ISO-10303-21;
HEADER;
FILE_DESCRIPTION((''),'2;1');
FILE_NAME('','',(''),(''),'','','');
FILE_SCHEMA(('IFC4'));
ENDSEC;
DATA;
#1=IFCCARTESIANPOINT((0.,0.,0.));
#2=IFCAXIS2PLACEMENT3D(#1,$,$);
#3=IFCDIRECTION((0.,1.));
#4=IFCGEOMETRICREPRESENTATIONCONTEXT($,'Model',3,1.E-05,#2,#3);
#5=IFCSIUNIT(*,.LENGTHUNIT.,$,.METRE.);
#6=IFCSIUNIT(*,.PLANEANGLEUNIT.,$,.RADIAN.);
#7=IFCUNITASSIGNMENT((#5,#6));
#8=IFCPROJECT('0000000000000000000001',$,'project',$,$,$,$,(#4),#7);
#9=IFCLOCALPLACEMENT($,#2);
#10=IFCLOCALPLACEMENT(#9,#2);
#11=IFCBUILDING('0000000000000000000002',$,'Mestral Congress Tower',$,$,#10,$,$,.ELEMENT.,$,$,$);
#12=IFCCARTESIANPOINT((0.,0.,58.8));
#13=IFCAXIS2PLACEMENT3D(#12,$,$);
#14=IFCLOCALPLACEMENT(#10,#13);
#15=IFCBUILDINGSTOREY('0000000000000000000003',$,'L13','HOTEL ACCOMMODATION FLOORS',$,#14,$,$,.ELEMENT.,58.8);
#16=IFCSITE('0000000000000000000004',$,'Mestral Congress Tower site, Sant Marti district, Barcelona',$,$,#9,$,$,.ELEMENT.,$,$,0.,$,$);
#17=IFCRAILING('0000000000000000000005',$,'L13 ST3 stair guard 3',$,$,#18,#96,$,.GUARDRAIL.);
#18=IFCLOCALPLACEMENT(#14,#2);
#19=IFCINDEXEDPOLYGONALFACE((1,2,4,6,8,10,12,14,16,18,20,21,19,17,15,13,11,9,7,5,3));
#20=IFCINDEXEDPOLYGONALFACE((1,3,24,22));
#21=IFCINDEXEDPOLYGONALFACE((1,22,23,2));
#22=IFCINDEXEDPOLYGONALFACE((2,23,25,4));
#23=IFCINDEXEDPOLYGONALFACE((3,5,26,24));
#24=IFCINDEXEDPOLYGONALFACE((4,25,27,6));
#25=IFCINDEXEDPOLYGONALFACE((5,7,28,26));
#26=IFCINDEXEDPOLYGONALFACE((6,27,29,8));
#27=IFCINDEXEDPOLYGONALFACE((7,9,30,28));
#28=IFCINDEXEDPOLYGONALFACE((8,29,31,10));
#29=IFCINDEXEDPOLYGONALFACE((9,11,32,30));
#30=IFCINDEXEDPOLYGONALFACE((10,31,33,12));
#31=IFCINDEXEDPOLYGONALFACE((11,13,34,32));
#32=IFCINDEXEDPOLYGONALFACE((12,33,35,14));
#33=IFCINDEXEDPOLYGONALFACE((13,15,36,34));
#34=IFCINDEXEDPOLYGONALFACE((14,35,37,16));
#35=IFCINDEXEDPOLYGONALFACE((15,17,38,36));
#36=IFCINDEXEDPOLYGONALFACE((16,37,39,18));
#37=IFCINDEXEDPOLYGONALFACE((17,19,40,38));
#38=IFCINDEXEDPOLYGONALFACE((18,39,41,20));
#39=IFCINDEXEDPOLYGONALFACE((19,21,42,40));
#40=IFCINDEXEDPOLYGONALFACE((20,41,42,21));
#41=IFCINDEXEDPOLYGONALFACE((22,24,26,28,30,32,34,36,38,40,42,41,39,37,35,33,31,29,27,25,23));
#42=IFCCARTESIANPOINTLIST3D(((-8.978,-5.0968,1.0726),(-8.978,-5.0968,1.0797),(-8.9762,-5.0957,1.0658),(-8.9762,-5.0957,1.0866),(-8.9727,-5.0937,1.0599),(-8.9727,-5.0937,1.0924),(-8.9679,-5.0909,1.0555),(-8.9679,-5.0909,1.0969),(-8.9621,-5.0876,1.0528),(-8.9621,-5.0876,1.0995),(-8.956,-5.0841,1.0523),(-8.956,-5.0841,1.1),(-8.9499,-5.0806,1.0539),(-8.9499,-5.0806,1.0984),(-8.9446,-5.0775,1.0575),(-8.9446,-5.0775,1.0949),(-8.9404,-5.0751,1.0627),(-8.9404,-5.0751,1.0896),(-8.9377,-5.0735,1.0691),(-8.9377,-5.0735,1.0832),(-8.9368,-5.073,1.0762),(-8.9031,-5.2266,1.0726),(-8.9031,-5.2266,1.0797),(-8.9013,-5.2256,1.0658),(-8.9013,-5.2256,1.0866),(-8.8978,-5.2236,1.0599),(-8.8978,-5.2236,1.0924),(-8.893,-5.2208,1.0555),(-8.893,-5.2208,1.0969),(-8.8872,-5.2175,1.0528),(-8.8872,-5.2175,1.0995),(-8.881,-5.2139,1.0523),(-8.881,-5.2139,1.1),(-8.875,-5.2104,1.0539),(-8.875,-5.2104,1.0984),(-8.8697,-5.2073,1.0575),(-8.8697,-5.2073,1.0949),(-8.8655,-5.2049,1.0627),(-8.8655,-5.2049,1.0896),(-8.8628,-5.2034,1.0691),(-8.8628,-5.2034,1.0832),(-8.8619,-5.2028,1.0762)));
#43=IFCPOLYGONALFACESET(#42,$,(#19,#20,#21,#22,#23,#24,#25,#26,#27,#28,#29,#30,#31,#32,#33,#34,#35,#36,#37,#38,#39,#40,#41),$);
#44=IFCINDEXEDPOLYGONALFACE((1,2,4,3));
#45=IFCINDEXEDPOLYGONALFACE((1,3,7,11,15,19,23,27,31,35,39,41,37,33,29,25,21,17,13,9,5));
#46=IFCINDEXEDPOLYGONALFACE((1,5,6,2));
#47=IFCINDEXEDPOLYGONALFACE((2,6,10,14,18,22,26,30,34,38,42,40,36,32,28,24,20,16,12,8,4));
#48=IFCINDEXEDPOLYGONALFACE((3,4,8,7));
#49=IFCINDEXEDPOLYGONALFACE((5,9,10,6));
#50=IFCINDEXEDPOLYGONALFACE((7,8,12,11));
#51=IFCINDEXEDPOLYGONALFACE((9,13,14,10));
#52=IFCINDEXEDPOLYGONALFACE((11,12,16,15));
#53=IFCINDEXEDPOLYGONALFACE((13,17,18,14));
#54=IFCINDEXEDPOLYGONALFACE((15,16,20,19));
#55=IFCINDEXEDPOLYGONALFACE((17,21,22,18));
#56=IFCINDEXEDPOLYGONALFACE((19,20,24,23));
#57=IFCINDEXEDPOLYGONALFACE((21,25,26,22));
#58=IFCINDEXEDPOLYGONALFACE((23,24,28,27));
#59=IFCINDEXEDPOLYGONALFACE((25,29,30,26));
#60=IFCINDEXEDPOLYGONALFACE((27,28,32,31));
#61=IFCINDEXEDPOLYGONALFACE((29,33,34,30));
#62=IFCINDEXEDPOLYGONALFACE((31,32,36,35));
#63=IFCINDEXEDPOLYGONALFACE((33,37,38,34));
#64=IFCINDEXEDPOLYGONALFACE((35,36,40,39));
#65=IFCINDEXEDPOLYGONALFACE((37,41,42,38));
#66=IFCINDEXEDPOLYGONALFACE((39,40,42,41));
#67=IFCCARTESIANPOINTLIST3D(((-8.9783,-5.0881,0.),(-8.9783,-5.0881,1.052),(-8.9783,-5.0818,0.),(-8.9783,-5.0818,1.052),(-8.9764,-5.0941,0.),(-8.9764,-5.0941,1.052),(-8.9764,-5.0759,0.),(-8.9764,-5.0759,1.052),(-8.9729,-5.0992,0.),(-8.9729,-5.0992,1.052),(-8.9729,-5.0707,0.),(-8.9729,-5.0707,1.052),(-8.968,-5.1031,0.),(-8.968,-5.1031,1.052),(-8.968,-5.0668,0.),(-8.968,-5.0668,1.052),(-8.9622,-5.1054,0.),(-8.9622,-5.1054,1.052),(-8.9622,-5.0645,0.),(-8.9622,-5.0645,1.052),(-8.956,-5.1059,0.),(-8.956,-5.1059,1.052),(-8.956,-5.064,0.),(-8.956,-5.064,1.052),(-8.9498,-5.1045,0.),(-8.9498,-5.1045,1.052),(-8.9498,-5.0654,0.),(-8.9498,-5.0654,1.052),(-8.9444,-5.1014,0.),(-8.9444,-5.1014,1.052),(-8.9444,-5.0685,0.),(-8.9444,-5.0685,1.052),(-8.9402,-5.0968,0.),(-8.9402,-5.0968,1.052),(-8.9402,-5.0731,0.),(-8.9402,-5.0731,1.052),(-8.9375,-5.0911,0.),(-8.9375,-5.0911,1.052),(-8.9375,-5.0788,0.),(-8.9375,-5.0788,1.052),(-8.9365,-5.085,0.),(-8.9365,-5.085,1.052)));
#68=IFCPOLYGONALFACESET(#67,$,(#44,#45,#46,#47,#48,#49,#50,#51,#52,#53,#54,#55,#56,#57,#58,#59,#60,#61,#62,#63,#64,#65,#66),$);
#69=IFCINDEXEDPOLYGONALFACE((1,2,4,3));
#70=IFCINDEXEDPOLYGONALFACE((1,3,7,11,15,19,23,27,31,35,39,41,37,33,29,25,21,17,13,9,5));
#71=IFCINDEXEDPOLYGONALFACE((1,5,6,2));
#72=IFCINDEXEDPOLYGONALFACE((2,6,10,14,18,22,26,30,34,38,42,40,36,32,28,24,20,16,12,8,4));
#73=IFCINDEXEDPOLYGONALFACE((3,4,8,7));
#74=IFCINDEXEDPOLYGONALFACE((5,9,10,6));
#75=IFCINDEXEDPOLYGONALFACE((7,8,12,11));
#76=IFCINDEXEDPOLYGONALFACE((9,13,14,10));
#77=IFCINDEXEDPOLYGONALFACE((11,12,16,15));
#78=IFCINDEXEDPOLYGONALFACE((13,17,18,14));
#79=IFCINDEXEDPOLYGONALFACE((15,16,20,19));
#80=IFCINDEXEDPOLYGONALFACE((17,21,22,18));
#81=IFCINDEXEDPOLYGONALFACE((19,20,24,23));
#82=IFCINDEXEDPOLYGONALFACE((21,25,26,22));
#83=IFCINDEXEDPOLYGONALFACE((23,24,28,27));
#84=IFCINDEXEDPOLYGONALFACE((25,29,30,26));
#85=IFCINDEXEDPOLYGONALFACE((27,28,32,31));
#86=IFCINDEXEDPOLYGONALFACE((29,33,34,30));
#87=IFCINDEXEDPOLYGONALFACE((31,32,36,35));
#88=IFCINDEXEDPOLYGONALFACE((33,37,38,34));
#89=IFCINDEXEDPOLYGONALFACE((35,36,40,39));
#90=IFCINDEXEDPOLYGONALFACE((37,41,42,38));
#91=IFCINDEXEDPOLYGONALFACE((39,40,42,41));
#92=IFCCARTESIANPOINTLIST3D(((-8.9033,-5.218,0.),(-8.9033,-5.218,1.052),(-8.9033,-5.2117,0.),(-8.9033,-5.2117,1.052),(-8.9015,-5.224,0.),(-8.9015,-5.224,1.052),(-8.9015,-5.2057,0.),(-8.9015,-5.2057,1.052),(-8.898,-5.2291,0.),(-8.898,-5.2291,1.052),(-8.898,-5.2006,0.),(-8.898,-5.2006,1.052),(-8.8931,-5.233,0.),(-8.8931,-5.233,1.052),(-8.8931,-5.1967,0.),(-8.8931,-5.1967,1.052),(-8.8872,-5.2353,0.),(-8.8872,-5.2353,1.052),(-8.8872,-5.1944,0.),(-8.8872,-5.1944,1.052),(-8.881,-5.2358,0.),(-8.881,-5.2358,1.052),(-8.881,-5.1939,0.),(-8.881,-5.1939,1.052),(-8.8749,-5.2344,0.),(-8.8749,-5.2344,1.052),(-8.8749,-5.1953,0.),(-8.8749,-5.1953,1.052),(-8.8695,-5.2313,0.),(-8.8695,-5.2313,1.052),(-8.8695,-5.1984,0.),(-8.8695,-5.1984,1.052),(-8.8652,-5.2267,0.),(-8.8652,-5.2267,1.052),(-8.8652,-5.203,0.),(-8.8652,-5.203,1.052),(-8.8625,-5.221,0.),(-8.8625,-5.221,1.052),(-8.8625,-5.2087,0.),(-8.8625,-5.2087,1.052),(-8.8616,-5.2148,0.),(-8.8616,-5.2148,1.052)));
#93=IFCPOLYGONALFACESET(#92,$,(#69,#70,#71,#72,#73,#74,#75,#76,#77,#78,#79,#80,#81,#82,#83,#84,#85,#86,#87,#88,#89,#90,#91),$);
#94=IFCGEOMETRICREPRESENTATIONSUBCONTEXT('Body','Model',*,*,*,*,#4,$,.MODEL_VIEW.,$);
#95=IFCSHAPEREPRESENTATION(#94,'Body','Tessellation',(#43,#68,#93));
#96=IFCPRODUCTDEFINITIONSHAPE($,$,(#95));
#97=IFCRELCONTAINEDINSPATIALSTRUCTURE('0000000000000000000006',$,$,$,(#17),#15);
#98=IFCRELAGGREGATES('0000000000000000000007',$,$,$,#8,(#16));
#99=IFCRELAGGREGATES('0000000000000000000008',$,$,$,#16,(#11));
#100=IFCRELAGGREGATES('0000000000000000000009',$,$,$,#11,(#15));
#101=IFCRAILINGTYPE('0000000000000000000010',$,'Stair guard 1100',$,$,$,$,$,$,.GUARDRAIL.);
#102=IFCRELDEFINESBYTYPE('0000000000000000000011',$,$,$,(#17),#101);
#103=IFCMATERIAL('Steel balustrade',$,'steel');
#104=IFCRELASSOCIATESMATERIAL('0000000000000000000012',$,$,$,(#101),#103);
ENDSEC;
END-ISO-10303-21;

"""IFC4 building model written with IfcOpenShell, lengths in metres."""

from ifc_helpers import new_model, si_unit, direction, frame, origin, origin_2d, place, context, subcontext, project, spatial, circle, extrude, material, type_object, element, save


model = new_model("IFC4")

# Units and contexts
model_context = context("Model", 3, precision=1e-05, world=origin(), true_north=direction((0.0, 1.0)))
body_context = subcontext(model_context, "Body", "Model", "MODEL_VIEW")
ifc_project = project(units=[si_unit("LENGTHUNIT", "METRE"), si_unit("PLANEANGLEUNIT", "RADIAN")], contexts=[model_context])

# Site, building, storey
site_placement = place(None, origin())
site = spatial("IfcSite", under=ifc_project, at=site_placement, Name="Mestral Congress Tower site, Sant Marti district, Barcelona", CompositionType="ELEMENT", RefElevation=0.0)
building_placement = place(site_placement, origin())
building = spatial("IfcBuilding", under=site, at=building_placement, Name="Mestral Congress Tower", CompositionType="ELEMENT")
storey_placement = place(building_placement, frame((0.0, 0.0, 58.8)))
storey = spatial("IfcBuildingStorey", under=building, at=storey_placement, Name="L13", Description="HOTEL ACCOMMODATION FLOORS", CompositionType="ELEMENT", Elevation=58.8)

# Railing
ifc_material_1 = material(Name="Steel balustrade", Category="steel")
railing_type_1 = type_object("IfcRailingType", Name="Stair guard 1100", PredefinedType="GUARDRAIL", material=ifc_material_1)
railing_1_placement = place(storey_placement, frame((-8.9575, -5.085, 0.0)))
element("IfcRailing", 1, at=railing_1_placement, inside=storey, type_object=railing_type_1, Name="L13 ST3 stair guard 3", PredefinedType="GUARDRAIL", context=body_context, shape_type="SweptSolid", body=[
    extrude(circle(Radius=0.0239, at=origin_2d()), frame((0.0, 0.0, 1.0762), z_axis=(0.499816, -0.866131, 0.0), x_axis=(0.866131, 0.499816, 0.0)), (0.0, 0.0, 1.0), 0.1499),
    extrude(circle(Radius=0.021, at=origin_2d()), origin(), (0.0, 0.0, 1.0), 1.052),
    extrude(circle(Radius=0.021, at=origin_2d()), frame((0.075, -0.1299, 0.0)), (0.0, 0.0, 1.0), 1.052),
])

save(model, "model.ifc")
